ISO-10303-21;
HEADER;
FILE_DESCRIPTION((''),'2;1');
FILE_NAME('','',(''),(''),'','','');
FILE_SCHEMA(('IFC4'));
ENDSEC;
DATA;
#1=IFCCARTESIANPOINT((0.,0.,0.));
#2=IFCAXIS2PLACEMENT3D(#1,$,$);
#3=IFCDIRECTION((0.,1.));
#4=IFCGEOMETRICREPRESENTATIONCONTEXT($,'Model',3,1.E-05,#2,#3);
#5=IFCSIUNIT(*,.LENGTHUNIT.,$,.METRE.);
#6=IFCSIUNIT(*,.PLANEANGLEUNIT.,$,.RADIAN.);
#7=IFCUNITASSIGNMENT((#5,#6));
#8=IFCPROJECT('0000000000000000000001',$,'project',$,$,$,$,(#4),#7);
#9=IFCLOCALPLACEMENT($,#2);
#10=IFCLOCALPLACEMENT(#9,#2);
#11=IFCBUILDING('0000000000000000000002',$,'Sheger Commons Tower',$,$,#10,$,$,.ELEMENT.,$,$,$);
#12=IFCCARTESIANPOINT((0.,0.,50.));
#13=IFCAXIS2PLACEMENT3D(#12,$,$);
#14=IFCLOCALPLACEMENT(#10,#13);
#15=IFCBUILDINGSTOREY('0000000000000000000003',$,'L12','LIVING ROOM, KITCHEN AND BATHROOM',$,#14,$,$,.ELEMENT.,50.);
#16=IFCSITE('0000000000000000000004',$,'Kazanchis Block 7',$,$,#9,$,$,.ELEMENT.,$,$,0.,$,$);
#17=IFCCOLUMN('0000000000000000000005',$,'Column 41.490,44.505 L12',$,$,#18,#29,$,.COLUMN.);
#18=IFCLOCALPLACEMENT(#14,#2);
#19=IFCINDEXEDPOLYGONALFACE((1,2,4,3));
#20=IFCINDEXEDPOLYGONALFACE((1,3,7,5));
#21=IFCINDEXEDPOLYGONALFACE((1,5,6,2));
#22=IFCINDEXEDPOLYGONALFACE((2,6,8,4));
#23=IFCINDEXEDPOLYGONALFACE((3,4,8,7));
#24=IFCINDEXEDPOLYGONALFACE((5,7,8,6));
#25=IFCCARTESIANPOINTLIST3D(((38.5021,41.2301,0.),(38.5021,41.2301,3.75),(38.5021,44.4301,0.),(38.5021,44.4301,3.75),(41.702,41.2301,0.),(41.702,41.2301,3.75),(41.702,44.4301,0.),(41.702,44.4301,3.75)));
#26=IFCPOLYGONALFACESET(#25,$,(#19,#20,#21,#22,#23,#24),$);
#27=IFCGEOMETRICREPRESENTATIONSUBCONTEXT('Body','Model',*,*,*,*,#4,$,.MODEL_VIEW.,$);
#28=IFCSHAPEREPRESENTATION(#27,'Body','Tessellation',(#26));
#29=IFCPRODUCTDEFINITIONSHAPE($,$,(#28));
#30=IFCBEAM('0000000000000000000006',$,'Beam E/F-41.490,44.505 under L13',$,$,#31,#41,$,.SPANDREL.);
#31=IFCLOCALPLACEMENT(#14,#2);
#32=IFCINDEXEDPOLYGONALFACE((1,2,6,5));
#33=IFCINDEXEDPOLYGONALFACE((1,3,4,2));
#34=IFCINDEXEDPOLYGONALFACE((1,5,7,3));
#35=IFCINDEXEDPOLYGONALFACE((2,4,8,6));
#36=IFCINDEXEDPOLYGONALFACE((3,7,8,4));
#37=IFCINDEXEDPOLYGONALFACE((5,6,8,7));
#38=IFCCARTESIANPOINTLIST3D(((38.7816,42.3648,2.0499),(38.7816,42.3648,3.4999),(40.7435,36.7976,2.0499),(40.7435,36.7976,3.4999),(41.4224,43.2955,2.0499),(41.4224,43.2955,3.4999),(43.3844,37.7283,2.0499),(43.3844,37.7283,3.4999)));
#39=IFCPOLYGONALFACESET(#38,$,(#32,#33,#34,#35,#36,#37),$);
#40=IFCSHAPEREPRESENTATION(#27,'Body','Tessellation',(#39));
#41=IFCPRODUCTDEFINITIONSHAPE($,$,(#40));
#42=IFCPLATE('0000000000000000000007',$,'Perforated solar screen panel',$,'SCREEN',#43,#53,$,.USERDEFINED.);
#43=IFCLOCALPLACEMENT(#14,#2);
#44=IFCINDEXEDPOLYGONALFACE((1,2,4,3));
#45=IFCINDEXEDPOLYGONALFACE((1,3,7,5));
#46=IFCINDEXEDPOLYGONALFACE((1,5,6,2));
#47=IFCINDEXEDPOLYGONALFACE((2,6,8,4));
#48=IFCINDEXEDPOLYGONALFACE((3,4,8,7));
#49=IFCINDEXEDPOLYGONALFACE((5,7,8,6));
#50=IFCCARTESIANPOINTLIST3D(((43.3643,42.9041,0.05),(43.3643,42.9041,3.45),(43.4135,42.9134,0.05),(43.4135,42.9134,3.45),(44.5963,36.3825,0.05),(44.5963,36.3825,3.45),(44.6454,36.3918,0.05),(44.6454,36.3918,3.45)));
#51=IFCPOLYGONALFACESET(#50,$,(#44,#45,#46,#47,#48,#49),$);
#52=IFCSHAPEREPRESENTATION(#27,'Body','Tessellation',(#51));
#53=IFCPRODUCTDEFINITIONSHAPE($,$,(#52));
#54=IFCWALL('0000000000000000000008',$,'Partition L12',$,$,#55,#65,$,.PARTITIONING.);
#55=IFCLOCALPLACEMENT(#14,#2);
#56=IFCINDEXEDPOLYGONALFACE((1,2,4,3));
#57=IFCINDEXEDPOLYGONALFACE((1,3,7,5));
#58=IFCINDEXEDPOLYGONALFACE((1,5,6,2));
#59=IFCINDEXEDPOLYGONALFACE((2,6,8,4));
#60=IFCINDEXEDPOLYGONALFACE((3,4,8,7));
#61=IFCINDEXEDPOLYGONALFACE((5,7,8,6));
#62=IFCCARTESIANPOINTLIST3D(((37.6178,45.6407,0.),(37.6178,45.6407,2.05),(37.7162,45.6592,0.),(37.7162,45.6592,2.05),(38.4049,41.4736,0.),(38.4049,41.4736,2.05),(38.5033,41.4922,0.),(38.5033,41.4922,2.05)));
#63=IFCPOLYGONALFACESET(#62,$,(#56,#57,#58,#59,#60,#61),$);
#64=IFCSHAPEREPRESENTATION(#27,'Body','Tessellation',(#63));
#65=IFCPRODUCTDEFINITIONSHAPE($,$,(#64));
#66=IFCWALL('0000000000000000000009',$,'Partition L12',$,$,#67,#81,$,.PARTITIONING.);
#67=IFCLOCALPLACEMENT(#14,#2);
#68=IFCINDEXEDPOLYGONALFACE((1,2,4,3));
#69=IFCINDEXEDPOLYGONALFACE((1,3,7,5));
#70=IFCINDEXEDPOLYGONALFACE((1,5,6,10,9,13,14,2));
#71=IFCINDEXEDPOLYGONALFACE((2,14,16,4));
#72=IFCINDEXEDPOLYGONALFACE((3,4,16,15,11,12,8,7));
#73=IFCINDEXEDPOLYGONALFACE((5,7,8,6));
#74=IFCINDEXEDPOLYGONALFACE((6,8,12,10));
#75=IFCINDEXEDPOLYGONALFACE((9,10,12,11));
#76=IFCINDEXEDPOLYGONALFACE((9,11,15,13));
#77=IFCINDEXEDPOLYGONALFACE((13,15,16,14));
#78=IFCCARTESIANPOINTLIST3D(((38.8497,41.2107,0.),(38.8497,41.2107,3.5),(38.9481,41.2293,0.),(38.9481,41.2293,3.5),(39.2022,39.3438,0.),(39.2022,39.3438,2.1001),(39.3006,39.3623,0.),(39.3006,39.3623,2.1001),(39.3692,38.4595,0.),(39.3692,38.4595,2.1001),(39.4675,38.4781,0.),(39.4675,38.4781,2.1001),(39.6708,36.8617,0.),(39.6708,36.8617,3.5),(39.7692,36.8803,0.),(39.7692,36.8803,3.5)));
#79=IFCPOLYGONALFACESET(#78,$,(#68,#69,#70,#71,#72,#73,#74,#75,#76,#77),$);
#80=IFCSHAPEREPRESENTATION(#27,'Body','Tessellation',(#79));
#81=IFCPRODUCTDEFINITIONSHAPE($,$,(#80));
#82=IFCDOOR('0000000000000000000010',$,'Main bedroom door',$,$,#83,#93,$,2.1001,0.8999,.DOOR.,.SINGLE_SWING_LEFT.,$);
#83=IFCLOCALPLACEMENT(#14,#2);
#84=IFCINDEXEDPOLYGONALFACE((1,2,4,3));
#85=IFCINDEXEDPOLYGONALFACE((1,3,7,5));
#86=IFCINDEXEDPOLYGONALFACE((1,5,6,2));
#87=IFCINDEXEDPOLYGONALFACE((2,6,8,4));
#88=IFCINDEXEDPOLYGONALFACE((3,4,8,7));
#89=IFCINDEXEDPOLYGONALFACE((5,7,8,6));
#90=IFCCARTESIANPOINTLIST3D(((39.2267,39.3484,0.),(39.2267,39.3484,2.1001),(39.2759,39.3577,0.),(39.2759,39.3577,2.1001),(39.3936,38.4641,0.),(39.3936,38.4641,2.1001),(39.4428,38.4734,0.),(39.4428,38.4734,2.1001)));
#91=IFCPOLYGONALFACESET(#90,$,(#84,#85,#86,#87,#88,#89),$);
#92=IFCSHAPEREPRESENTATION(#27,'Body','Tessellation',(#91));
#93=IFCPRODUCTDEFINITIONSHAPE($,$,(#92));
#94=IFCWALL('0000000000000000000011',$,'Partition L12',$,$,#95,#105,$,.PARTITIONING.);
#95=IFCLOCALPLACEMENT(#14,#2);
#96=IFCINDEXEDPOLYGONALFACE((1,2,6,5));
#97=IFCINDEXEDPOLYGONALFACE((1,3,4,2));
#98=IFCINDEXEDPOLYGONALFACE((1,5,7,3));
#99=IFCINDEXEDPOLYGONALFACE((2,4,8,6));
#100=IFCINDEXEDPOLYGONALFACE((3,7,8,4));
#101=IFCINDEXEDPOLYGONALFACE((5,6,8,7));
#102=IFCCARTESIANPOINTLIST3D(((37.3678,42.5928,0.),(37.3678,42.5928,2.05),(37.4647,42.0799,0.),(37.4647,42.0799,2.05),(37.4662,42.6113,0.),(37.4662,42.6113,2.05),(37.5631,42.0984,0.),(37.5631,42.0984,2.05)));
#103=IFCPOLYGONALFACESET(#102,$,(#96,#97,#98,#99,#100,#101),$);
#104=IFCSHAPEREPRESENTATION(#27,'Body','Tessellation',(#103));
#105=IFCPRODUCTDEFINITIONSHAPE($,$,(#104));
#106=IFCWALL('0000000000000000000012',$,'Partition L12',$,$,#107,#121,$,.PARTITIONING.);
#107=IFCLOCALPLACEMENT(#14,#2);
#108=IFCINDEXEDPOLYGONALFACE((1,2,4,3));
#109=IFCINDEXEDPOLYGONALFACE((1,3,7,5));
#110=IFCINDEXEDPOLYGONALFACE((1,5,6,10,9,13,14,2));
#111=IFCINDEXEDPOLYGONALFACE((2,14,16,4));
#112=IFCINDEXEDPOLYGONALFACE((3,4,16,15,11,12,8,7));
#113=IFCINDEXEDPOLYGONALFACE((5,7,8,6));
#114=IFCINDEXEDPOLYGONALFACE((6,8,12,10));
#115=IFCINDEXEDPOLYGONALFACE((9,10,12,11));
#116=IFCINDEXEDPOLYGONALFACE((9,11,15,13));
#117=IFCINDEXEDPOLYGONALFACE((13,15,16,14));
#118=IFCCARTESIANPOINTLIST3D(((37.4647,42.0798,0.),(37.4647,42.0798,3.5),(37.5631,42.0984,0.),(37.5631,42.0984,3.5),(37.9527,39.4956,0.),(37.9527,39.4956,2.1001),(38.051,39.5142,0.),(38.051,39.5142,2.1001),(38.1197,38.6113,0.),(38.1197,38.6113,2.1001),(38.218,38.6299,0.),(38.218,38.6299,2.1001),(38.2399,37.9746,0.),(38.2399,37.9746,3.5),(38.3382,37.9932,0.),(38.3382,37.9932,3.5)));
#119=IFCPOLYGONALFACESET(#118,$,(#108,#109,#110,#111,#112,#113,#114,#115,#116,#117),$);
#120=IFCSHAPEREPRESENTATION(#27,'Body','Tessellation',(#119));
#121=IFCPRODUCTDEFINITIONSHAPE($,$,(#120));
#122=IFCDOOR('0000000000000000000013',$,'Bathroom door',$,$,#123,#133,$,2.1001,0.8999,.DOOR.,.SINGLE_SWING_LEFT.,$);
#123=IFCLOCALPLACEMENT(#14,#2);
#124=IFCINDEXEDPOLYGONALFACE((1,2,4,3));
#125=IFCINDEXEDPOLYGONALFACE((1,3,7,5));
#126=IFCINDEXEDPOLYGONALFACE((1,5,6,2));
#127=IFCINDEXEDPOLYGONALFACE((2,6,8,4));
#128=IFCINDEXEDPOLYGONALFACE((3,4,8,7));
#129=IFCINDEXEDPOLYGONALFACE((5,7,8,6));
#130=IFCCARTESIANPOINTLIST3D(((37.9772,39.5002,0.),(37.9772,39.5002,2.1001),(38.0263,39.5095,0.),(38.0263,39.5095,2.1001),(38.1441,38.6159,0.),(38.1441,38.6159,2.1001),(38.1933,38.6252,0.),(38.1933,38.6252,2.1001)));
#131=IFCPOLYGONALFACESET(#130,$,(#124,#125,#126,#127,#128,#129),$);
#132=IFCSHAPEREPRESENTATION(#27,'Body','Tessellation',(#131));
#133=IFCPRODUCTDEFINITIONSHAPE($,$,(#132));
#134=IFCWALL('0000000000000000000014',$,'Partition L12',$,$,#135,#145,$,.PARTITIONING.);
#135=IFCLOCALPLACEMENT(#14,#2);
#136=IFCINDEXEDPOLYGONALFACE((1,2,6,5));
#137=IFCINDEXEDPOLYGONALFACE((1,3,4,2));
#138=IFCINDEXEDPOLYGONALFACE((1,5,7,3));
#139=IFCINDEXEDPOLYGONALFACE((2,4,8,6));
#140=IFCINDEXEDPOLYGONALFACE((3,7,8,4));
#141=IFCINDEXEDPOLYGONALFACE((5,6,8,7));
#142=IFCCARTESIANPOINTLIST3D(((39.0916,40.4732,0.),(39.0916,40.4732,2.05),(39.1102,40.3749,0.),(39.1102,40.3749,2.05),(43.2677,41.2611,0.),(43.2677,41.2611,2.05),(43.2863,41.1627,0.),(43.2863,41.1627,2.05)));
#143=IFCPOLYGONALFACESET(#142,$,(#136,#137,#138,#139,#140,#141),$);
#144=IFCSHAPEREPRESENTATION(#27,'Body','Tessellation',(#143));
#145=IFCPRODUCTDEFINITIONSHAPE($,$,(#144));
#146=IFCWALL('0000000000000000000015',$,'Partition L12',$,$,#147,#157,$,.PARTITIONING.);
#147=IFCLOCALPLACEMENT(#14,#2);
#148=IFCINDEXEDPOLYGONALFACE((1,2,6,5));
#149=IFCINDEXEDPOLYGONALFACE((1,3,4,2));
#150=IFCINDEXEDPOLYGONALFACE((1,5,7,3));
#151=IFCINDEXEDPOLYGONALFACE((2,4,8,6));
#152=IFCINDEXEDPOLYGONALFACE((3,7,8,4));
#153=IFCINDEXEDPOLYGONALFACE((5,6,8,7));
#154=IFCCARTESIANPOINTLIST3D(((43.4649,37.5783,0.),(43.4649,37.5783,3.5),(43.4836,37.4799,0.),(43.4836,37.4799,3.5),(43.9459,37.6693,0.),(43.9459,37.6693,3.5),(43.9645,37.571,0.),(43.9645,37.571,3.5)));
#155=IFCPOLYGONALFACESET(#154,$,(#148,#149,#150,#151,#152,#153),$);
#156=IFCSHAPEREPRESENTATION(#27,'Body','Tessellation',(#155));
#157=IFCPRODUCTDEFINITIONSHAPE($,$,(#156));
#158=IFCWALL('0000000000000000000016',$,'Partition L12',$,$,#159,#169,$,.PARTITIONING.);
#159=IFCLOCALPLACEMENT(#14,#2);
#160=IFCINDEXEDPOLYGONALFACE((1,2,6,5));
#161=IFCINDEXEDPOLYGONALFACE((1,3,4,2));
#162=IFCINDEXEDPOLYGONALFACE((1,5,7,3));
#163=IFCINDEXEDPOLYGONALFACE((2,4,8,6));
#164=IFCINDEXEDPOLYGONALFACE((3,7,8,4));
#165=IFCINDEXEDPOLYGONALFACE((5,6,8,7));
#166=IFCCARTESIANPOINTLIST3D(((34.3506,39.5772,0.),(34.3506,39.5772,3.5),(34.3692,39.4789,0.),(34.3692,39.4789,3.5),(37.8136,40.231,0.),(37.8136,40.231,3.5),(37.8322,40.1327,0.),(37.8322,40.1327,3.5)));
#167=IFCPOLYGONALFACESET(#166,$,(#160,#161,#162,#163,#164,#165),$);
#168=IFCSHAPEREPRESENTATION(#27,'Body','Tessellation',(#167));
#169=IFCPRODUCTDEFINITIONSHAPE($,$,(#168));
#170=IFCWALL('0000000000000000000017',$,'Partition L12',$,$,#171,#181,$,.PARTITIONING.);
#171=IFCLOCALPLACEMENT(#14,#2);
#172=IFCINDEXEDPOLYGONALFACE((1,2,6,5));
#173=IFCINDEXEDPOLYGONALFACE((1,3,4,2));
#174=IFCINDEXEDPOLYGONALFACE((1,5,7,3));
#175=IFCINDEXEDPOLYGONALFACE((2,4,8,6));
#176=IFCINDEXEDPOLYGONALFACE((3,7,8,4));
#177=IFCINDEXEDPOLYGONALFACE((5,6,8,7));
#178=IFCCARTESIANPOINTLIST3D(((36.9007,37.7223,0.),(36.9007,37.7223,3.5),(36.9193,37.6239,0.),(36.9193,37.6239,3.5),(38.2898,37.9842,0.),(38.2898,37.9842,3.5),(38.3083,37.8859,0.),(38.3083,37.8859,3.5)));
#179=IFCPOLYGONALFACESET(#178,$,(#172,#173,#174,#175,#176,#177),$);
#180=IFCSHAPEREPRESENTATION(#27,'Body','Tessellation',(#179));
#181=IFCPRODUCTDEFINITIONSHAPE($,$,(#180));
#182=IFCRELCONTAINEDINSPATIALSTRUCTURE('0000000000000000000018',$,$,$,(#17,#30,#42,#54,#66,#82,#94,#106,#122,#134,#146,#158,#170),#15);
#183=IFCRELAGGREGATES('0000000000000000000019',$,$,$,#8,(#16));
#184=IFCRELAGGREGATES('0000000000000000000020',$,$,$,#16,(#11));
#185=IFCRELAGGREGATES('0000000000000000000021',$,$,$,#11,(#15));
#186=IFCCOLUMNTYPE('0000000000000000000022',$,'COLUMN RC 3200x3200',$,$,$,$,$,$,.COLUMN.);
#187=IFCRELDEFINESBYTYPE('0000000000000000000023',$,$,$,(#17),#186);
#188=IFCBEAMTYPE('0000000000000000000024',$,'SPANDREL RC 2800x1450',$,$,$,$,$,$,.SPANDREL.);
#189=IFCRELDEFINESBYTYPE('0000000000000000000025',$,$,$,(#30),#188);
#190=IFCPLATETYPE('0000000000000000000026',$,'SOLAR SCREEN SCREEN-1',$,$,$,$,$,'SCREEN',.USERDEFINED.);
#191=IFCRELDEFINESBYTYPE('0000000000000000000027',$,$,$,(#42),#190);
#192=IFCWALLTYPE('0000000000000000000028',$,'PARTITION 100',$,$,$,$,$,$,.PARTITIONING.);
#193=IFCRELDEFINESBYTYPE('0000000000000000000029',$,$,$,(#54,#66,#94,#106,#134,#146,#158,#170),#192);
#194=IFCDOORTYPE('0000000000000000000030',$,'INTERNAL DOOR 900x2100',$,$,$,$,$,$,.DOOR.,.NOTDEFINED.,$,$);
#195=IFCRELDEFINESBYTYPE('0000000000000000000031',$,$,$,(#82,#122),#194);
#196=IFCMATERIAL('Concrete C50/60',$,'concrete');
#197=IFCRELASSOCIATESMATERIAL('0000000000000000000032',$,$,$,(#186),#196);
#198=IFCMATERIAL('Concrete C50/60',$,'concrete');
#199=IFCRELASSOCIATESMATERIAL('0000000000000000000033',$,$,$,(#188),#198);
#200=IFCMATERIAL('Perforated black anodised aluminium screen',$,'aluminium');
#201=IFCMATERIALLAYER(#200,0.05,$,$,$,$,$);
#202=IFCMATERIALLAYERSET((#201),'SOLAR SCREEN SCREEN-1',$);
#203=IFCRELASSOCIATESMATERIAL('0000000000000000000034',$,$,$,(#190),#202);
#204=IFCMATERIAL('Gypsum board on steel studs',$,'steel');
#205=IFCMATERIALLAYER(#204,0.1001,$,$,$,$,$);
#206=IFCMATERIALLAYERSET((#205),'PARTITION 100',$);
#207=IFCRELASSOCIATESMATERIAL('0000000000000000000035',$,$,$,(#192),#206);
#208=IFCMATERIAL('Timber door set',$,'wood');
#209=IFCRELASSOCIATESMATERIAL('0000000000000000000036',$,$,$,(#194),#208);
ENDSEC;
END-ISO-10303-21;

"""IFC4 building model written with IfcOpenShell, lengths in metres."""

from ifc_helpers import new_model, si_unit, direction, frame, frame_2d, origin, origin_2d, place, context, subcontext, project, spatial, rectangle, extrude, material, layer, layer_set, material_profile, profile_set, type_object, element, fill, save


model = new_model("IFC4")

# Units and contexts
model_context = context("Model", 3, precision=1e-05, world=origin(), true_north=direction((0.0, 1.0)))
body_context = subcontext(model_context, "Body", "Model", "MODEL_VIEW")
ifc_project = project(units=[si_unit("LENGTHUNIT", "METRE"), si_unit("PLANEANGLEUNIT", "RADIAN")], contexts=[model_context])

# Site, building, storey
site_placement = place(None, origin())
site = spatial("IfcSite", under=ifc_project, at=site_placement, Name="Kazanchis Block 7", CompositionType="ELEMENT", RefElevation=0.0)
building_placement = place(site_placement, origin())
building = spatial("IfcBuilding", under=site, at=building_placement, Name="Sheger Commons Tower", CompositionType="ELEMENT")
storey_placement = place(building_placement, frame((0.0, 0.0, 50.0)))
storey = spatial("IfcBuildingStorey", under=building, at=storey_placement, Name="L12", Description="LIVING ROOM, KITCHEN AND BATHROOM", CompositionType="ELEMENT", Elevation=50.0)

# Column
ifc_material_1 = material(Name="Concrete C50/60", Category="concrete")
ifc_material_profile_1 = material_profile(ifc_material_1, rectangle(XDim=3.2, YDim=3.2, at=origin_2d()), Name="RC 3200x3200")
ifc_profile_set_1 = profile_set([ifc_material_profile_1], Name="Concrete C50/60")
column_type = type_object("IfcColumnType", Name="COLUMN RC 3200x3200", PredefinedType="COLUMN", material=ifc_profile_set_1)
column_placement = place(storey_placement, frame((40.1021, 42.8301, 0.0), z_axis=(0.0, 0.0, 1.0), x_axis=(1.0, 0.0, 0.0)))
element("IfcColumn", 1, at=column_placement, inside=storey, type_object=column_type, Name="Column 41.490,44.505 L12", PredefinedType="COLUMN", context=body_context, shape_type="SweptSolid", body=[
    extrude(rectangle(XDim=3.2, YDim=3.2, at=origin_2d()), origin(), (0.0, 0.0, 1.0), 3.75),
])

# Beam
ifc_material_2 = material(Name="Concrete C50/60", Category="concrete")
ifc_material_profile_2 = material_profile(ifc_material_2, rectangle(XDim=2.8, YDim=1.45, at=origin_2d()), Name="RC 2800x1450")
ifc_profile_set_2 = profile_set([ifc_material_profile_2], Name="Concrete C50/60")
beam_type = type_object("IfcBeamType", Name="SPANDREL RC 2800x1450", PredefinedType="SPANDREL", material=ifc_profile_set_2)
beam_placement = place(storey_placement, frame((42.064, 37.2629, 2.7749), z_axis=(-0.332374, 0.943148, 0.0), x_axis=(-0.943148, -0.332374, 0.0)))
element("IfcBeam", 2, at=beam_placement, inside=storey, type_object=beam_type, Name="Beam E/F-41.490,44.505 under L13", PredefinedType="SPANDREL", context=body_context, shape_type="SweptSolid", body=[
    extrude(rectangle(XDim=2.8, YDim=1.45, at=origin_2d()), origin(), (0.0, 0.0, 1.0), 5.9028),
])

# Plate
ifc_material_3 = material(Name="Perforated black anodised aluminium screen", Category="aluminium")
ifc_layer_1 = layer(ifc_material_3, 0.05)
ifc_layer_set_1 = layer_set([ifc_layer_1], Name="SOLAR SCREEN SCREEN-1")
plate_type = type_object("IfcPlateType", Name="SOLAR SCREEN SCREEN-1", ElementType="SCREEN", PredefinedType="USERDEFINED", material=ifc_layer_set_1)
plate_placement = place(storey_placement, frame((44.0049, 39.6479, 0.05), z_axis=(0.0, 0.0, 1.0), x_axis=(-0.185615, 0.982623, 0.0)))
element("IfcPlate", 3, at=plate_placement, inside=storey, type_object=plate_type, Name="Perforated solar screen panel", ObjectType="SCREEN", PredefinedType="USERDEFINED", context=body_context, shape_type="SweptSolid", body=[
    extrude(rectangle(XDim=6.637, YDim=0.05, at=origin_2d()), origin(), (0.0, 0.0, 1.0), 3.3999),
])

# Wall
ifc_material_4 = material(Name="Gypsum board on steel studs", Category="steel")
ifc_layer_2 = layer(ifc_material_4, 0.1001)
ifc_layer_set_2 = layer_set([ifc_layer_2], Name="PARTITION 100")
wall_type = type_object("IfcWallType", Name="PARTITION 100", PredefinedType="PARTITIONING", material=ifc_layer_set_2)
wall_1_placement = place(storey_placement, frame((38.4541, 41.4829, 0.0), z_axis=(0.0, 0.0, 1.0), x_axis=(-0.185609, 0.982624, 0.0)))
element("IfcWall", 4, at=wall_1_placement, inside=storey, type_object=wall_type, Name="Partition L12", PredefinedType="PARTITIONING", context=body_context, shape_type="SweptSolid", body=[
    extrude(rectangle(XDim=4.2407, YDim=0.1001, at=frame_2d((2.1204, 0.0))), origin(), (0.0, 0.0, 1.0), 2.05),
])

# Wall, opening, door
wall_2_placement = place(storey_placement, frame((38.8989, 41.22, 0.0), z_axis=(0.0, 0.0, 1.0), x_axis=(0.185517, -0.982641, 0.0)))
wall_2 = element("IfcWall", 5, at=wall_2_placement, inside=storey, type_object=wall_type, Name="Partition L12", PredefinedType="PARTITIONING", context=body_context, shape_type="SweptSolid", body=[
    extrude(rectangle(XDim=4.4258, YDim=0.1001, at=frame_2d((2.2129, 0.0))), origin(), (0.0, 0.0, 1.0), 3.5),
])
opening_1_placement = place(wall_2_placement, frame((1.8999, 0.0, 0.0)))
opening_1 = element("IfcOpeningElement", 6, at=opening_1_placement, cuts=wall_2, PredefinedType="OPENING", context=body_context, shape_type="SweptSolid", body=[
    extrude(rectangle(XDim=0.8999, YDim=2.1001, at=frame_2d((0.45, 1.05))), frame((0.0, 0.0601, 0.0), z_axis=(0.0, -1.0, 0.0), x_axis=(1.0, 0.0, 0.0)), (0.0, 0.0, 1.0), 0.1201),
])
ifc_material_5 = material(Name="Timber door set", Category="wood")
door_type = type_object("IfcDoorType", Name="INTERNAL DOOR 900x2100", OperationType="NOTDEFINED", PredefinedType="DOOR", material=ifc_material_5)
door_1_placement = place(opening_1_placement, origin())
door_1 = element("IfcDoor", 7, at=door_1_placement, inside=storey, type_object=door_type, Name="Main bedroom door", OperationType="SINGLE_SWING_LEFT", OverallHeight=2.1001, OverallWidth=0.8999, PredefinedType="DOOR", context=body_context, shape_type="SweptSolid", body=[
    extrude(rectangle(XDim=0.8999, YDim=2.1001, at=frame_2d((0.45, 1.05))), frame((0.0, 0.0249, 0.0), z_axis=(0.0, -1.0, 0.0), x_axis=(1.0, 0.0, 0.0)), (0.0, 0.0, 1.0), 0.05),
])
fill(opening_1, door_1)

# Wall
wall_3_placement = place(storey_placement, frame((37.417, 42.6021, 0.0), z_axis=(0.0, 0.0, 1.0), x_axis=(0.185672, -0.982612, 0.0)))
element("IfcWall", 8, at=wall_3_placement, inside=storey, type_object=wall_type, Name="Partition L12", PredefinedType="PARTITIONING", context=body_context, shape_type="SweptSolid", body=[
    extrude(rectangle(XDim=0.522, YDim=0.1001, at=frame_2d((0.261, 0.0))), origin(), (0.0, 0.0, 1.0), 2.05),
])

# Wall, opening, door
wall_4_placement = place(storey_placement, frame((37.5139, 42.0891, 0.0), z_axis=(0.0, 0.0, 1.0), x_axis=(0.185541, -0.982637, 0.0)))
wall_4 = element("IfcWall", 9, at=wall_4_placement, inside=storey, type_object=wall_type, Name="Partition L12", PredefinedType="PARTITIONING", context=body_context, shape_type="SweptSolid", body=[
    extrude(rectangle(XDim=4.1777, YDim=0.1001, at=frame_2d((2.0889, 0.0))), origin(), (0.0, 0.0, 1.0), 3.5),
])
opening_2_placement = place(wall_4_placement, frame((2.6299, 0.0, 0.0)))
opening_2 = element("IfcOpeningElement", 10, at=opening_2_placement, cuts=wall_4, PredefinedType="OPENING", context=body_context, shape_type="SweptSolid", body=[
    extrude(rectangle(XDim=0.8999, YDim=2.1001, at=frame_2d((0.45, 1.05))), frame((0.0, 0.0601, 0.0), z_axis=(0.0, -1.0, 0.0), x_axis=(1.0, 0.0, 0.0)), (0.0, 0.0, 1.0), 0.1201),
])
door_2_placement = place(opening_2_placement, origin())
door_2 = element("IfcDoor", 11, at=door_2_placement, inside=storey, type_object=door_type, Name="Bathroom door", OperationType="SINGLE_SWING_LEFT", OverallHeight=2.1001, OverallWidth=0.8999, PredefinedType="DOOR", context=body_context, shape_type="SweptSolid", body=[
    extrude(rectangle(XDim=0.8999, YDim=2.1001, at=frame_2d((0.45, 1.05))), frame((0.0, 0.0249, 0.0), z_axis=(0.0, -1.0, 0.0), x_axis=(1.0, 0.0, 0.0)), (0.0, 0.0, 1.0), 0.05),
])
fill(opening_2, door_2)

# Walls
wall_5_placement = place(storey_placement, frame((43.2771, 41.2119, 0.0), z_axis=(0.0, 0.0, 1.0), x_axis=(-0.982665, -0.185388, 0.0)))
element("IfcWall", 12, at=wall_5_placement, inside=storey, type_object=wall_type, Name="Partition L12", PredefinedType="PARTITIONING", context=body_context, shape_type="SweptSolid", body=[
    extrude(rectangle(XDim=4.2498, YDim=0.1001, at=frame_2d((2.125, 0.0))), origin(), (0.0, 0.0, 1.0), 2.05),
])
wall_6_placement = place(storey_placement, frame((43.9551, 37.6201, 0.0), z_axis=(0.0, 0.0, 1.0), x_axis=(-0.982543, -0.186035, 0.0)))
element("IfcWall", 13, at=wall_6_placement, inside=storey, type_object=wall_type, Name="Partition L12", PredefinedType="PARTITIONING", context=body_context, shape_type="SweptSolid", body=[
    extrude(rectangle(XDim=0.4895, YDim=0.1001, at=frame_2d((0.2446, 0.0))), origin(), (0.0, 0.0, 1.0), 3.5),
])
wall_7_placement = place(storey_placement, frame((37.823, 40.1819, 0.0), z_axis=(0.0, 0.0, 1.0), x_axis=(-0.982639, -0.185527, 0.0)))
element("IfcWall", 14, at=wall_7_placement, inside=storey, type_object=wall_type, Name="Partition L12", PredefinedType="PARTITIONING", context=body_context, shape_type="SweptSolid", body=[
    extrude(rectangle(XDim=3.5242, YDim=0.1001, at=frame_2d((1.7622, 0.0))), origin(), (0.0, 0.0, 1.0), 3.5),
])
wall_8_placement = place(storey_placement, frame((38.2991, 37.9351, 0.0), z_axis=(0.0, 0.0, 1.0), x_axis=(-0.98268, -0.18531, 0.0)))
element("IfcWall", 15, at=wall_8_placement, inside=storey, type_object=wall_type, Name="Partition L12", PredefinedType="PARTITIONING", context=body_context, shape_type="SweptSolid", body=[
    extrude(rectangle(XDim=1.4136, YDim=0.1001, at=frame_2d((0.7068, 0.0))), origin(), (0.0, 0.0, 1.0), 3.5),
])

save(model, "model.ifc")
